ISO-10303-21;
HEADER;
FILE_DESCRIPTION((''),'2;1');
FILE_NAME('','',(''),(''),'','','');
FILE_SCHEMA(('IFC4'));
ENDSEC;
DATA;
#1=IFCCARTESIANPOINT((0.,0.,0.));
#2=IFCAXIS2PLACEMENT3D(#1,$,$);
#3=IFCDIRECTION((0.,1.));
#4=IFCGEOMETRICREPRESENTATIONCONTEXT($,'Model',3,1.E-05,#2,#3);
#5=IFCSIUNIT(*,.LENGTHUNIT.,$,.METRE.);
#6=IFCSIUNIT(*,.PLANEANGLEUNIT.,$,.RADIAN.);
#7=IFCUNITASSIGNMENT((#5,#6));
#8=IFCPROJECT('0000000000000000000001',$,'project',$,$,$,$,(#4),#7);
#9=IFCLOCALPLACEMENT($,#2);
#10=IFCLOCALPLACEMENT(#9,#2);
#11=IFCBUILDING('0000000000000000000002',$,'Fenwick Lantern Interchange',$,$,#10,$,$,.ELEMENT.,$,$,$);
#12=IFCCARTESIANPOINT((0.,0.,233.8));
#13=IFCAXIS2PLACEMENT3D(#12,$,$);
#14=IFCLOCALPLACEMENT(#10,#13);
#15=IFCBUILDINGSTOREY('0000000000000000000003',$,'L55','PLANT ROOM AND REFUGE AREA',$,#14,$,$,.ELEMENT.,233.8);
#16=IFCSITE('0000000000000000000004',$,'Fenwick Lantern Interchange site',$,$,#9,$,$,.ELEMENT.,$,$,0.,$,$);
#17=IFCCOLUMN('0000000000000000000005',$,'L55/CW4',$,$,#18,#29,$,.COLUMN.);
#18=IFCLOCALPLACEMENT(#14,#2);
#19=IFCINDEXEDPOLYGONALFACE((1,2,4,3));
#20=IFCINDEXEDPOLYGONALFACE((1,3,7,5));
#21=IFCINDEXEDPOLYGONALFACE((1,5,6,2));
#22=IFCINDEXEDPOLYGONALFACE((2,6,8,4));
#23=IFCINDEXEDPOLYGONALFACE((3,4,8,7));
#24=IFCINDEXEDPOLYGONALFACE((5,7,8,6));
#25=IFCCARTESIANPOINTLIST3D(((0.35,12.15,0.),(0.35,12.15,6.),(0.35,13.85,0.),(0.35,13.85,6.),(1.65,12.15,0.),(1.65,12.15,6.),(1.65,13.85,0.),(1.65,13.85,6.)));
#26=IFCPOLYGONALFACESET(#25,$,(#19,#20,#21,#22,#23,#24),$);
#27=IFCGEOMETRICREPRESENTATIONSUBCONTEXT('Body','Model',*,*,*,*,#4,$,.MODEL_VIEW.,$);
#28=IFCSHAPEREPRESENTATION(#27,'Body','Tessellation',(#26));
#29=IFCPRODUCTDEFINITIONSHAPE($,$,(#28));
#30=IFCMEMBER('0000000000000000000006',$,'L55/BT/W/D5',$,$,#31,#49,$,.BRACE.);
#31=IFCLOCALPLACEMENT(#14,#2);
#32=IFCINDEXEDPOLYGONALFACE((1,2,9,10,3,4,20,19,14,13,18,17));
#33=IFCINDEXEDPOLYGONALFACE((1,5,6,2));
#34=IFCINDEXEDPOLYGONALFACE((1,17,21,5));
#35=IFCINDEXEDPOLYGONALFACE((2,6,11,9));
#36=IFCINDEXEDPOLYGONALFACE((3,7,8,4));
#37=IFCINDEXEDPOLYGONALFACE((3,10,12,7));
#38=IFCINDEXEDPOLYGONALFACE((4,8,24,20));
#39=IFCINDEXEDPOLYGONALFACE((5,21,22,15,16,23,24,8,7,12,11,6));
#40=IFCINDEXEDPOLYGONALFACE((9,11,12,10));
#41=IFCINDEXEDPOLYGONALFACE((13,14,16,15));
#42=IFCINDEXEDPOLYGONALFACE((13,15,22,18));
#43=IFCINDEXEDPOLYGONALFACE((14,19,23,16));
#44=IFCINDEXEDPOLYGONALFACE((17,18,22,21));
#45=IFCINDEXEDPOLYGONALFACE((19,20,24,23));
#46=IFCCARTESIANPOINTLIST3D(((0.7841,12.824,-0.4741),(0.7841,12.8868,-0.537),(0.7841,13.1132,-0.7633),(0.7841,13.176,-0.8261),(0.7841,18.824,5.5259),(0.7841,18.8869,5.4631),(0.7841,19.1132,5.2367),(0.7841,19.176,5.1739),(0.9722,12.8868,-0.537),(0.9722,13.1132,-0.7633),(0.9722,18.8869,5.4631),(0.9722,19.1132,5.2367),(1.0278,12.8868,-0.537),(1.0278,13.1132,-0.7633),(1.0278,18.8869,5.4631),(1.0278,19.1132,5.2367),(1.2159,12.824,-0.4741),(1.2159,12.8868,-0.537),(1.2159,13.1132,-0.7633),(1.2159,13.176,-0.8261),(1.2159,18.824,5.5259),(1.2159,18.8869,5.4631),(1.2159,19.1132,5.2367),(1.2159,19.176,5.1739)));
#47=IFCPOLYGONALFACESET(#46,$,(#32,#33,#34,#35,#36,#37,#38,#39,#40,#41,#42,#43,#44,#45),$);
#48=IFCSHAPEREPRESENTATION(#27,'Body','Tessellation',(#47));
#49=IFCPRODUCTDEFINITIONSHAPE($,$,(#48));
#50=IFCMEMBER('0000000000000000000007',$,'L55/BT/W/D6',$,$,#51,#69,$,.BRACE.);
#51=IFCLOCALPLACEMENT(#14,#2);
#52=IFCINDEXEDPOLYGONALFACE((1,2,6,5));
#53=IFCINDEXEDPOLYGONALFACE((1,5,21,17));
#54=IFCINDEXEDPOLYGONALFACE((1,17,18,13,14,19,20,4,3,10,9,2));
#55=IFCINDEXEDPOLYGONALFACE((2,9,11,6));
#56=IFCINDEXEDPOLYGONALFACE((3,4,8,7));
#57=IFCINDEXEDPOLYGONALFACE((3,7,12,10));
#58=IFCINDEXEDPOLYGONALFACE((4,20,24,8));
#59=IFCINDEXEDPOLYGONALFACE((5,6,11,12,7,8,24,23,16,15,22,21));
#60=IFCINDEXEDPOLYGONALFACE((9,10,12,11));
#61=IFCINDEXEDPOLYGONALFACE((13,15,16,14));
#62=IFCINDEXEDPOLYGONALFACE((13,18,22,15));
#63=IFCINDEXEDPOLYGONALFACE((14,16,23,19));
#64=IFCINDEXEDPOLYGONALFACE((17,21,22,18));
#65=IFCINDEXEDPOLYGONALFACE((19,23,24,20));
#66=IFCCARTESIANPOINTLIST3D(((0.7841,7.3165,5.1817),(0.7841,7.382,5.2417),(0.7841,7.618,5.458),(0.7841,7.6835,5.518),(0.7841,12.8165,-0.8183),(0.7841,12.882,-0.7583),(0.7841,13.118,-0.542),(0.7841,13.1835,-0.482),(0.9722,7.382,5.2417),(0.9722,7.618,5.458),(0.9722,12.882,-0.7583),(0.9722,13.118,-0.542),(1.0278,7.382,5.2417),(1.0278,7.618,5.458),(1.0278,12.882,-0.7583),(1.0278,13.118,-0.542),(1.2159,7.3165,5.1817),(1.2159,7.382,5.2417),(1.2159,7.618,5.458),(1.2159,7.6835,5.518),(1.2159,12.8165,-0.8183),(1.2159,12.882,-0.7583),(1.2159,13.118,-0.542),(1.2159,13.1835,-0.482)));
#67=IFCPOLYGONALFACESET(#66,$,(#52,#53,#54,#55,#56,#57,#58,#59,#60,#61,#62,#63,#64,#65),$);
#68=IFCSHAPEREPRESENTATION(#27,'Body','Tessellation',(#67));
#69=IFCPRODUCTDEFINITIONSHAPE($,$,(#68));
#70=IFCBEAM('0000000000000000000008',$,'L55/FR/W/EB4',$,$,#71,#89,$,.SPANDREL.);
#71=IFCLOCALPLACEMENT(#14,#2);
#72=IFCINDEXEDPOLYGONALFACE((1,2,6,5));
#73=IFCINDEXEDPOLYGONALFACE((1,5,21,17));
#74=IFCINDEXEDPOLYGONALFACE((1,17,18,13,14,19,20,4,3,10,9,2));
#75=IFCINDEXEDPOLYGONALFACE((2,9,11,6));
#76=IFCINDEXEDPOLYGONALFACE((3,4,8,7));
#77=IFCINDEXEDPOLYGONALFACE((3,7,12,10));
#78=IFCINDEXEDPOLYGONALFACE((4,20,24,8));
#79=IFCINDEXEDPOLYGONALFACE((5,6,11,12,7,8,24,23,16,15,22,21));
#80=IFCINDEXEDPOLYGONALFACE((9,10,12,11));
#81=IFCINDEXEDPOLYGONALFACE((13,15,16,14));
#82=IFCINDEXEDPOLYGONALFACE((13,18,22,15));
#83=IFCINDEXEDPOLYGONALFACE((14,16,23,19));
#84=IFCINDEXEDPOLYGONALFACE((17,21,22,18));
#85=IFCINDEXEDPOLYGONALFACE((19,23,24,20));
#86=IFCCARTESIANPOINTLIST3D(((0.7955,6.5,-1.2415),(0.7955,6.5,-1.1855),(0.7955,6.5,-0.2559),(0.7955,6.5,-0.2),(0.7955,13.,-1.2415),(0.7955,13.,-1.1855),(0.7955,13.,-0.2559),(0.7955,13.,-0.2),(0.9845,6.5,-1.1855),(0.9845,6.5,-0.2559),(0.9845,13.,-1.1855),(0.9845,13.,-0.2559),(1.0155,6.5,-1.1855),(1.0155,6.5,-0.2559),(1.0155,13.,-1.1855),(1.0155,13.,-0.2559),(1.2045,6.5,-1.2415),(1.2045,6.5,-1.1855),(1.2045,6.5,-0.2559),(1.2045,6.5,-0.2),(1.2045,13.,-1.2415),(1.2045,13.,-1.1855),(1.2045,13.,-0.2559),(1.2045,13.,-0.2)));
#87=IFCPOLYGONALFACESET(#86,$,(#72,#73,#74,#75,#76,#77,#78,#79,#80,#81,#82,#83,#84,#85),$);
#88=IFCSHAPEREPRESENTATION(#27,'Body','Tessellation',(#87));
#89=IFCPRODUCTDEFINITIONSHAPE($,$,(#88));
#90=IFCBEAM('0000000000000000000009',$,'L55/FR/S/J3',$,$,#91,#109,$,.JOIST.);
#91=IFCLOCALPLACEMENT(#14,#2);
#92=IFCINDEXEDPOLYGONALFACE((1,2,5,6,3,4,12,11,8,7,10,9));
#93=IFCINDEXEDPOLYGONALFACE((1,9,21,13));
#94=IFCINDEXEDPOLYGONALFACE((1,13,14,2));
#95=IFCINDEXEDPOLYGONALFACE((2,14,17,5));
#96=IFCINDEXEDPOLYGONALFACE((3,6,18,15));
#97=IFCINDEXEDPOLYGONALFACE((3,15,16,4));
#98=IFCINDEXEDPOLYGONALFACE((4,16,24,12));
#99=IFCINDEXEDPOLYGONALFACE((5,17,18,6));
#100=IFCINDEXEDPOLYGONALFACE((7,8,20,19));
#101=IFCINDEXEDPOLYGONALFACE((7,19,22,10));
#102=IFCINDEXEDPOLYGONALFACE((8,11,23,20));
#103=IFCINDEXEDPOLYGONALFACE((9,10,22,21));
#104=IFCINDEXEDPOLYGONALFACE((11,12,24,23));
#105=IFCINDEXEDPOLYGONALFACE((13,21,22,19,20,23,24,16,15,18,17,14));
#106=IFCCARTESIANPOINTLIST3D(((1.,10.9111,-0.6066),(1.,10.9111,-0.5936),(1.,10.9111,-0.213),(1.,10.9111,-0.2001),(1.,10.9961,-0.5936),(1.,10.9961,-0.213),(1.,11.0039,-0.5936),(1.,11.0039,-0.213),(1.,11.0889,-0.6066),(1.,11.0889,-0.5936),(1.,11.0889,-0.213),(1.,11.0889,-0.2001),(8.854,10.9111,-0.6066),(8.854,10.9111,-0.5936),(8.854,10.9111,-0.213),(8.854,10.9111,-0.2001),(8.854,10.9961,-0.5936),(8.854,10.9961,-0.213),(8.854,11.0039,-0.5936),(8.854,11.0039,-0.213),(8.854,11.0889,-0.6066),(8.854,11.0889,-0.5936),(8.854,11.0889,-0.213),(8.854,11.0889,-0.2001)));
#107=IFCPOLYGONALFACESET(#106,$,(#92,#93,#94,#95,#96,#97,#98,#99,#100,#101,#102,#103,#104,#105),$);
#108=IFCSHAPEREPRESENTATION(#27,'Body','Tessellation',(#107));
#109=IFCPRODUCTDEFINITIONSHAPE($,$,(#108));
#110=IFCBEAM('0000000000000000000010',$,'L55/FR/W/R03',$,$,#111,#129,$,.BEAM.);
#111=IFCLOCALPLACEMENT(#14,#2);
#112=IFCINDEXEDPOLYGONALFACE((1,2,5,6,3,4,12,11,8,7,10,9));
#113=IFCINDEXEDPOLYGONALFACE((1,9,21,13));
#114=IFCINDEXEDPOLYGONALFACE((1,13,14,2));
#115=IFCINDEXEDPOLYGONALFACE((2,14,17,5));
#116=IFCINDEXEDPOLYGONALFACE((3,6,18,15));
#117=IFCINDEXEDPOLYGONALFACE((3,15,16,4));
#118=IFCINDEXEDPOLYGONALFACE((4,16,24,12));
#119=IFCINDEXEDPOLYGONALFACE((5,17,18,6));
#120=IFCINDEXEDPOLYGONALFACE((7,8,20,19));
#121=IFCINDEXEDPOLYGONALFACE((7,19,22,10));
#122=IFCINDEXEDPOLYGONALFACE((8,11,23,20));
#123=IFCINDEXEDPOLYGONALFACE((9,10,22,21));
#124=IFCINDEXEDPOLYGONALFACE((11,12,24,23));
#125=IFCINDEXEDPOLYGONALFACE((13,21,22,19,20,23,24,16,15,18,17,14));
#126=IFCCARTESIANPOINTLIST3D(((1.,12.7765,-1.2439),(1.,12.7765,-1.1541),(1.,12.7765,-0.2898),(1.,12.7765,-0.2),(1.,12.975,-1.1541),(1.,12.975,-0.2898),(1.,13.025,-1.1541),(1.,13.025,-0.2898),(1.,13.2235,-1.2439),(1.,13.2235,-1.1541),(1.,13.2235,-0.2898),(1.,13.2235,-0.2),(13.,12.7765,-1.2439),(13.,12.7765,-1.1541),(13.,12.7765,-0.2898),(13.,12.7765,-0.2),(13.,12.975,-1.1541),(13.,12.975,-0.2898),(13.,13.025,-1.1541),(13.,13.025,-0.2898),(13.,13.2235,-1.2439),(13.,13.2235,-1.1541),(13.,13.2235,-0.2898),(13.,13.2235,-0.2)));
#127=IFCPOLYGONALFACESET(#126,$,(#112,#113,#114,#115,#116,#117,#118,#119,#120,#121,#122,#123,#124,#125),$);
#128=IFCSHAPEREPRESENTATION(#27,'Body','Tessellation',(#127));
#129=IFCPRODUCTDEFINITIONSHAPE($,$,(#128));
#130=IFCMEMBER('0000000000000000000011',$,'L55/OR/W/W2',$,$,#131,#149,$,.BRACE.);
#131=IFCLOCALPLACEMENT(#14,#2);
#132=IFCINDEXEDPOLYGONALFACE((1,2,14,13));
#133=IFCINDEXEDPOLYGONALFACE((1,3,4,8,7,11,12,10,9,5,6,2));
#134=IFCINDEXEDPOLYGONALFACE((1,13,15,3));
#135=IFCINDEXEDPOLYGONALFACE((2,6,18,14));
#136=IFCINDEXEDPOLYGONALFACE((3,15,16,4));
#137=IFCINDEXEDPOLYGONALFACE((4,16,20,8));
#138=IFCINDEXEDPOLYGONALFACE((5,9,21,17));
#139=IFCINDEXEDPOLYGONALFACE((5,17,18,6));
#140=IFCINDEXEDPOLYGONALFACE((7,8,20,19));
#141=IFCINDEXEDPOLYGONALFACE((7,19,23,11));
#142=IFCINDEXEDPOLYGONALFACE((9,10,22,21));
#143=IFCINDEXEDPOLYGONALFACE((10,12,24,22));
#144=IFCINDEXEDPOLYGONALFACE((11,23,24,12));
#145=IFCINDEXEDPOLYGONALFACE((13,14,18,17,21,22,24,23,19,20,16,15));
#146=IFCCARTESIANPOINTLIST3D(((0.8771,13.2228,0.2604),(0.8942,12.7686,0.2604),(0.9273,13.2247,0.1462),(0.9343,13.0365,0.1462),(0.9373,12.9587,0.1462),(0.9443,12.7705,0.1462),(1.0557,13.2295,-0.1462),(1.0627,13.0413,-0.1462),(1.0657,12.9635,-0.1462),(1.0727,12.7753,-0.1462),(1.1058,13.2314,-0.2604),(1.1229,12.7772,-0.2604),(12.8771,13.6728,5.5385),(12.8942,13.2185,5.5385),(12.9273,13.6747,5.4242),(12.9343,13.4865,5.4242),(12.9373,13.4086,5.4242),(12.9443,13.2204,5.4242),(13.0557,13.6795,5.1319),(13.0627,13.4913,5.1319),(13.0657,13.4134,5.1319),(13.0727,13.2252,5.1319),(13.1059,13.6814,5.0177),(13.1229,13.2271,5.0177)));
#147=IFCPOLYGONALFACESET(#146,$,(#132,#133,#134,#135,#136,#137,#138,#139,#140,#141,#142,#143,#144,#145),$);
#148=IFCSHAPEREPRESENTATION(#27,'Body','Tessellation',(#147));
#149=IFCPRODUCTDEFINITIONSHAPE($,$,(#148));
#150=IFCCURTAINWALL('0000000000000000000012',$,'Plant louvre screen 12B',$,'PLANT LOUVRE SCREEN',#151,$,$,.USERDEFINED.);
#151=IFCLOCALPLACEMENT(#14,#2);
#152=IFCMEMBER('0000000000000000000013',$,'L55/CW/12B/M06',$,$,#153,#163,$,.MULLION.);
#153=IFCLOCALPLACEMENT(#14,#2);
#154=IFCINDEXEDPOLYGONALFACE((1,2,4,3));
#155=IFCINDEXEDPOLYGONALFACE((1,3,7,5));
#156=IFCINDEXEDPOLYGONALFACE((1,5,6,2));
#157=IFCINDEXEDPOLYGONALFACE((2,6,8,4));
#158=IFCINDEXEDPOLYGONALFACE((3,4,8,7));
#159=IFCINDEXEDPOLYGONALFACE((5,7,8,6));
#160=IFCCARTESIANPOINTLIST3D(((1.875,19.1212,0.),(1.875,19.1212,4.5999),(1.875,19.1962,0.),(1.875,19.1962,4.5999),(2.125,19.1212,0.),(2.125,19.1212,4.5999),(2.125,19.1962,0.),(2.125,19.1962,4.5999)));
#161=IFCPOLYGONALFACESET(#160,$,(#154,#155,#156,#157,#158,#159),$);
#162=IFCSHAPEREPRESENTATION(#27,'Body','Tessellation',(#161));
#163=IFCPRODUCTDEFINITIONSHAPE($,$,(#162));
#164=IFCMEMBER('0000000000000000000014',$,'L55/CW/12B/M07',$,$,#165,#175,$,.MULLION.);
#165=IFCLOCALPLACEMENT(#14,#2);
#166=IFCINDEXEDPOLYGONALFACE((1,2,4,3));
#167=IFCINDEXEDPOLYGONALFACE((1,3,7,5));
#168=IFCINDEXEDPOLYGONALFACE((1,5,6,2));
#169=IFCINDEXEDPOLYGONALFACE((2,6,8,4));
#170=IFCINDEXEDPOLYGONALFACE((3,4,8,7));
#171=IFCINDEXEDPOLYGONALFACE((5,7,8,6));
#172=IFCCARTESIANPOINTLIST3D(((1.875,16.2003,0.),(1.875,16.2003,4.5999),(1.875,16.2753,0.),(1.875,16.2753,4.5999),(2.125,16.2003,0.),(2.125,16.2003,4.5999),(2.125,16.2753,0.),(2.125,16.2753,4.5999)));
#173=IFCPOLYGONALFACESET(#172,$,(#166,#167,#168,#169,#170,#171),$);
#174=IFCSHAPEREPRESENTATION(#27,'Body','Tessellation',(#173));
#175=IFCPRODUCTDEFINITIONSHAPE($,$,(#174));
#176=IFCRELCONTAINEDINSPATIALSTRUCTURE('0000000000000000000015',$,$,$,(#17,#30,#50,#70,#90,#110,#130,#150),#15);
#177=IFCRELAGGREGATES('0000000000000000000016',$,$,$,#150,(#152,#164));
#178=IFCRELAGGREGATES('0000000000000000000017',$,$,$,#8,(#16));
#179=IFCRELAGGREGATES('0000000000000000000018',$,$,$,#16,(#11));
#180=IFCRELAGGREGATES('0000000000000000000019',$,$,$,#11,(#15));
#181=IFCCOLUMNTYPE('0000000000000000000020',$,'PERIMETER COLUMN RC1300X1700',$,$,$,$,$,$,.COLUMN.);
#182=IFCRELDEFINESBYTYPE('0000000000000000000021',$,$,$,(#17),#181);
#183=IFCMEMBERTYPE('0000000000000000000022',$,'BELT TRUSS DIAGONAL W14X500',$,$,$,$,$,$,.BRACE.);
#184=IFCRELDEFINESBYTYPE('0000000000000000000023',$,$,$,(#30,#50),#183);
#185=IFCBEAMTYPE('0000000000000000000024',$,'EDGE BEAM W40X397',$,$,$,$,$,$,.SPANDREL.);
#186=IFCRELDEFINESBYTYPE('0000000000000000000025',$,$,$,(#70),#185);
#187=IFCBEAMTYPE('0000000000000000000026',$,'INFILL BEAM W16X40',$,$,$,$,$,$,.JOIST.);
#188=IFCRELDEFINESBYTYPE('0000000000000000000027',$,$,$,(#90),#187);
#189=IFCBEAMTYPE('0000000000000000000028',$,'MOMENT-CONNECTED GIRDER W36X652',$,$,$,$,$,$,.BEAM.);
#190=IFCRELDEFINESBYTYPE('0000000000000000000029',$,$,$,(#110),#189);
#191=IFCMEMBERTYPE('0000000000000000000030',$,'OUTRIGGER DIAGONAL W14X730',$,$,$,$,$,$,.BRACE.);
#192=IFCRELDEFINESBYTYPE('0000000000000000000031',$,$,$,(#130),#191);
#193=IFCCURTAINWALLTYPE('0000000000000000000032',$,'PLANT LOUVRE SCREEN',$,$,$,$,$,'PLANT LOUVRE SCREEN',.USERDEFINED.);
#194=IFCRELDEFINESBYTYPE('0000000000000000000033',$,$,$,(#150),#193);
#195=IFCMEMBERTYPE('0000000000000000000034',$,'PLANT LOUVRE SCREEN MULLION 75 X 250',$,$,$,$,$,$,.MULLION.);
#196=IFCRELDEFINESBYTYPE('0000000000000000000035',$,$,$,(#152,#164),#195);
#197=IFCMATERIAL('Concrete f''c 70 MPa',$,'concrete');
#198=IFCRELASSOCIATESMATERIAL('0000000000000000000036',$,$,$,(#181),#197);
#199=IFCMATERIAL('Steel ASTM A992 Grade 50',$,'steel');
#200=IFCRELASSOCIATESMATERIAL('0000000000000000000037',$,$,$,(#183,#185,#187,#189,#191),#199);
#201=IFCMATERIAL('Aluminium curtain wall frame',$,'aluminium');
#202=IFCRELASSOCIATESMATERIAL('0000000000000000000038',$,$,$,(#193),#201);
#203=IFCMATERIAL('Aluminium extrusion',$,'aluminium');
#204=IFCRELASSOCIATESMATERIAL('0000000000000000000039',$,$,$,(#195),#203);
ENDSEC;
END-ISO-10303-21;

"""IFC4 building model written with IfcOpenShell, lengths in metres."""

from ifc_helpers import new_model, si_unit, direction, frame, origin, origin_2d, place, context, subcontext, project, spatial, rectangle, i_section, extrude, material, material_profile, profile_set, type_object, element, aggregate, save


model = new_model("IFC4")

# Units and contexts
model_context = context("Model", 3, precision=1e-05, world=origin(), true_north=direction((0.0, 1.0)))
body_context = subcontext(model_context, "Body", "Model", "MODEL_VIEW")
ifc_project = project(units=[si_unit("LENGTHUNIT", "METRE"), si_unit("PLANEANGLEUNIT", "RADIAN")], contexts=[model_context])

# Site, building, storey
site_placement = place(None, origin())
site = spatial("IfcSite", under=ifc_project, at=site_placement, Name="Fenwick Lantern Interchange site", CompositionType="ELEMENT", RefElevation=0.0)
building_placement = place(site_placement, origin())
building = spatial("IfcBuilding", under=site, at=building_placement, Name="Fenwick Lantern Interchange", CompositionType="ELEMENT")
storey_placement = place(building_placement, frame((0.0, 0.0, 233.8)))
storey = spatial("IfcBuildingStorey", under=building, at=storey_placement, Name="L55", Description="PLANT ROOM AND REFUGE AREA", CompositionType="ELEMENT", Elevation=233.8)

# Column
ifc_material_1 = material(Name="Concrete f'c 70 MPa", Category="concrete")
ifc_material_profile_1 = material_profile(ifc_material_1, rectangle(XDim=1.3, YDim=1.7, at=origin_2d()), Name="RC1300X1700")
ifc_profile_set_1 = profile_set([ifc_material_profile_1], Name="Concrete f'c 70 MPa")
column_type = type_object("IfcColumnType", Name="PERIMETER COLUMN RC1300X1700", PredefinedType="COLUMN", material=ifc_profile_set_1)
column_placement = place(storey_placement, frame((1.0, 13.0, 0.0), z_axis=(0.0, 0.0, 1.0), x_axis=(1.0, 0.0, 0.0)))
element("IfcColumn", 1, at=column_placement, inside=storey, type_object=column_type, Name="L55/CW4", PredefinedType="COLUMN", context=body_context, shape_type="SweptSolid", body=[
    extrude(rectangle(XDim=1.3, YDim=1.7, at=origin_2d()), origin(), (0.0, 0.0, 1.0), 6.0),
])

# Members
ifc_material_2 = material(Name="Steel ASTM A992 Grade 50", Category="steel")
ifc_material_profile_2 = material_profile(ifc_material_2, i_section(OverallWidth=0.4319, OverallDepth=0.4978, WebThickness=0.0557, FlangeThickness=0.0889, at=origin_2d()), Name="W14X500")
ifc_profile_set_2 = profile_set([ifc_material_profile_2], Name="Steel ASTM A992 Grade 50")
member_type_1 = type_object("IfcMemberType", Name="BELT TRUSS DIAGONAL W14X500", PredefinedType="BRACE", material=ifc_profile_set_2)
member_1_placement = place(storey_placement, frame((1.0, 13.0, -0.6501), z_axis=(0.0, 0.707107, 0.707107), x_axis=(-1.0, 0.0, 0.0)))
element("IfcMember", 2, at=member_1_placement, inside=storey, type_object=member_type_1, Name="L55/BT/W/D5", PredefinedType="BRACE", context=body_context, shape_type="SweptSolid", body=[
    extrude(i_section(OverallWidth=0.4319, OverallDepth=0.4978, WebThickness=0.0557, FlangeThickness=0.0889, at=origin_2d()), origin(), (0.0, 0.0, 1.0), 8.4854),
])
member_2_placement = place(storey_placement, frame((1.0, 13.0, -0.6501), z_axis=(0.0, -0.675725, 0.737154), x_axis=(1.0, 0.0, 0.0)))
element("IfcMember", 3, at=member_2_placement, inside=storey, type_object=member_type_1, Name="L55/BT/W/D6", PredefinedType="BRACE", context=body_context, shape_type="SweptSolid", body=[
    extrude(i_section(OverallWidth=0.4319, OverallDepth=0.4978, WebThickness=0.0557, FlangeThickness=0.0889, at=origin_2d()), origin(), (0.0, 0.0, 1.0), 8.1394),
])

# Beams
ifc_material_profile_3 = material_profile(ifc_material_2, i_section(OverallWidth=0.4089, OverallDepth=1.0415, WebThickness=0.031, FlangeThickness=0.0559, at=origin_2d()), Name="W40X397")
ifc_profile_set_3 = profile_set([ifc_material_profile_3], Name="Steel ASTM A992 Grade 50")
beam_type_1 = type_object("IfcBeamType", Name="EDGE BEAM W40X397", PredefinedType="SPANDREL", material=ifc_profile_set_3)
beam_1_placement = place(storey_placement, frame((1.0, 13.0, -0.7207), z_axis=(0.0, -1.0, 0.0), x_axis=(1.0, 0.0, 0.0)))
element("IfcBeam", 4, at=beam_1_placement, inside=storey, type_object=beam_type_1, Name="L55/FR/W/EB4", PredefinedType="SPANDREL", context=body_context, shape_type="SweptSolid", body=[
    extrude(i_section(OverallWidth=0.4089, OverallDepth=1.0415, WebThickness=0.031, FlangeThickness=0.0559, at=origin_2d()), origin(), (0.0, 0.0, 1.0), 6.5),
])
ifc_material_profile_4 = material_profile(ifc_material_2, i_section(OverallWidth=0.1777, OverallDepth=0.4065, WebThickness=0.0078, FlangeThickness=0.0129, at=origin_2d()), Name="W16X40")
ifc_profile_set_4 = profile_set([ifc_material_profile_4], Name="Steel ASTM A992 Grade 50")
beam_type_2 = type_object("IfcBeamType", Name="INFILL BEAM W16X40", PredefinedType="JOIST", material=ifc_profile_set_4)
beam_2_placement = place(storey_placement, frame((1.0, 11.0, -0.4033), z_axis=(1.0, 0.0, 0.0), x_axis=(0.0, 1.0, 0.0)))
element("IfcBeam", 5, at=beam_2_placement, inside=storey, type_object=beam_type_2, Name="L55/FR/S/J3", PredefinedType="JOIST", context=body_context, shape_type="SweptSolid", body=[
    extrude(i_section(OverallWidth=0.1777, OverallDepth=0.4065, WebThickness=0.0078, FlangeThickness=0.0129, at=origin_2d()), origin(), (0.0, 0.0, 1.0), 7.854),
])
ifc_material_profile_5 = material_profile(ifc_material_2, i_section(OverallWidth=0.447, OverallDepth=1.0439, WebThickness=0.05, FlangeThickness=0.0898, at=origin_2d()), Name="W36X652")
ifc_profile_set_5 = profile_set([ifc_material_profile_5], Name="Steel ASTM A992 Grade 50")
beam_type_3 = type_object("IfcBeamType", Name="MOMENT-CONNECTED GIRDER W36X652", PredefinedType="BEAM", material=ifc_profile_set_5)
beam_3_placement = place(storey_placement, frame((1.0, 13.0, -0.7219), z_axis=(1.0, 0.0, 0.0), x_axis=(0.0, 1.0, 0.0)))
element("IfcBeam", 6, at=beam_3_placement, inside=storey, type_object=beam_type_3, Name="L55/FR/W/R03", PredefinedType="BEAM", context=body_context, shape_type="SweptSolid", body=[
    extrude(i_section(OverallWidth=0.447, OverallDepth=1.0439, WebThickness=0.05, FlangeThickness=0.0898, at=origin_2d()), origin(), (0.0, 0.0, 1.0), 12.0),
])

# Member
ifc_material_profile_6 = material_profile(ifc_material_2, i_section(OverallWidth=0.4546, OverallDepth=0.5688, WebThickness=0.0779, FlangeThickness=0.1248, at=origin_2d()), Name="W14X730")
ifc_profile_set_6 = profile_set([ifc_material_profile_6], Name="Steel ASTM A992 Grade 50")
member_type_2 = type_object("IfcMemberType", Name="OUTRIGGER DIAGONAL W14X730", PredefinedType="BRACE", material=ifc_profile_set_6)
member_3_placement = place(storey_placement, frame((1.0, 13.0, 0.0), z_axis=(0.91483, 0.034302, 0.402379), x_axis=(-0.03747, 0.999298, 0.0)))
element("IfcMember", 7, at=member_3_placement, inside=storey, type_object=member_type_2, Name="L55/OR/W/W2", PredefinedType="BRACE", context=body_context, shape_type="SweptSolid", body=[
    extrude(i_section(OverallWidth=0.4546, OverallDepth=0.5688, WebThickness=0.0779, FlangeThickness=0.1248, at=origin_2d()), origin(), (0.0, 0.0, 1.0), 13.1172),
])

# Curtain wall, members
ifc_material_3 = material(Name="Aluminium curtain wall frame", Category="aluminium")
curtain_wall_type = type_object("IfcCurtainWallType", Name="PLANT LOUVRE SCREEN", ElementType="PLANT LOUVRE SCREEN", PredefinedType="USERDEFINED", material=ifc_material_3)
curtain_wall_1_placement = place(storey_placement, origin())
curtain_wall_1 = element("IfcCurtainWall", 8, at=curtain_wall_1_placement, inside=storey, type_object=curtain_wall_type, Name="Plant louvre screen 12B", ObjectType="PLANT LOUVRE SCREEN", PredefinedType="USERDEFINED")
ifc_material_4 = material(Name="Aluminium extrusion", Category="aluminium")
ifc_material_profile_7 = material_profile(ifc_material_4, rectangle(XDim=0.25, YDim=0.075, at=origin_2d()), Name="PLANT LOUVRE SCREEN MULLION 75 X 250")
ifc_profile_set_7 = profile_set([ifc_material_profile_7], Name="Aluminium extrusion")
member_type_3 = type_object("IfcMemberType", Name="PLANT LOUVRE SCREEN MULLION 75 X 250", PredefinedType="MULLION", material=ifc_profile_set_7)
member_4_placement = place(storey_placement, frame((2.0, 19.1587, 0.0), z_axis=(0.0, 0.0, 1.0), x_axis=(1.0, 0.0, 0.0)))
member_4 = element("IfcMember", 9, at=member_4_placement, type_object=member_type_3, Name="L55/CW/12B/M06", PredefinedType="MULLION", context=body_context, shape_type="SweptSolid", body=[
    extrude(rectangle(XDim=0.25, YDim=0.075, at=origin_2d()), origin(), (0.0, 0.0, 1.0), 4.5999),
])
member_5_placement = place(storey_placement, frame((2.0, 16.2378, 0.0), z_axis=(0.0, 0.0, 1.0), x_axis=(1.0, 0.0, 0.0)))
member_5 = element("IfcMember", 10, at=member_5_placement, type_object=member_type_3, Name="L55/CW/12B/M07", PredefinedType="MULLION", context=body_context, shape_type="SweptSolid", body=[
    extrude(rectangle(XDim=0.25, YDim=0.075, at=origin_2d()), origin(), (0.0, 0.0, 1.0), 4.5999),
])

aggregate(curtain_wall_1, [member_4, member_5])

save(model, "model.ifc")
